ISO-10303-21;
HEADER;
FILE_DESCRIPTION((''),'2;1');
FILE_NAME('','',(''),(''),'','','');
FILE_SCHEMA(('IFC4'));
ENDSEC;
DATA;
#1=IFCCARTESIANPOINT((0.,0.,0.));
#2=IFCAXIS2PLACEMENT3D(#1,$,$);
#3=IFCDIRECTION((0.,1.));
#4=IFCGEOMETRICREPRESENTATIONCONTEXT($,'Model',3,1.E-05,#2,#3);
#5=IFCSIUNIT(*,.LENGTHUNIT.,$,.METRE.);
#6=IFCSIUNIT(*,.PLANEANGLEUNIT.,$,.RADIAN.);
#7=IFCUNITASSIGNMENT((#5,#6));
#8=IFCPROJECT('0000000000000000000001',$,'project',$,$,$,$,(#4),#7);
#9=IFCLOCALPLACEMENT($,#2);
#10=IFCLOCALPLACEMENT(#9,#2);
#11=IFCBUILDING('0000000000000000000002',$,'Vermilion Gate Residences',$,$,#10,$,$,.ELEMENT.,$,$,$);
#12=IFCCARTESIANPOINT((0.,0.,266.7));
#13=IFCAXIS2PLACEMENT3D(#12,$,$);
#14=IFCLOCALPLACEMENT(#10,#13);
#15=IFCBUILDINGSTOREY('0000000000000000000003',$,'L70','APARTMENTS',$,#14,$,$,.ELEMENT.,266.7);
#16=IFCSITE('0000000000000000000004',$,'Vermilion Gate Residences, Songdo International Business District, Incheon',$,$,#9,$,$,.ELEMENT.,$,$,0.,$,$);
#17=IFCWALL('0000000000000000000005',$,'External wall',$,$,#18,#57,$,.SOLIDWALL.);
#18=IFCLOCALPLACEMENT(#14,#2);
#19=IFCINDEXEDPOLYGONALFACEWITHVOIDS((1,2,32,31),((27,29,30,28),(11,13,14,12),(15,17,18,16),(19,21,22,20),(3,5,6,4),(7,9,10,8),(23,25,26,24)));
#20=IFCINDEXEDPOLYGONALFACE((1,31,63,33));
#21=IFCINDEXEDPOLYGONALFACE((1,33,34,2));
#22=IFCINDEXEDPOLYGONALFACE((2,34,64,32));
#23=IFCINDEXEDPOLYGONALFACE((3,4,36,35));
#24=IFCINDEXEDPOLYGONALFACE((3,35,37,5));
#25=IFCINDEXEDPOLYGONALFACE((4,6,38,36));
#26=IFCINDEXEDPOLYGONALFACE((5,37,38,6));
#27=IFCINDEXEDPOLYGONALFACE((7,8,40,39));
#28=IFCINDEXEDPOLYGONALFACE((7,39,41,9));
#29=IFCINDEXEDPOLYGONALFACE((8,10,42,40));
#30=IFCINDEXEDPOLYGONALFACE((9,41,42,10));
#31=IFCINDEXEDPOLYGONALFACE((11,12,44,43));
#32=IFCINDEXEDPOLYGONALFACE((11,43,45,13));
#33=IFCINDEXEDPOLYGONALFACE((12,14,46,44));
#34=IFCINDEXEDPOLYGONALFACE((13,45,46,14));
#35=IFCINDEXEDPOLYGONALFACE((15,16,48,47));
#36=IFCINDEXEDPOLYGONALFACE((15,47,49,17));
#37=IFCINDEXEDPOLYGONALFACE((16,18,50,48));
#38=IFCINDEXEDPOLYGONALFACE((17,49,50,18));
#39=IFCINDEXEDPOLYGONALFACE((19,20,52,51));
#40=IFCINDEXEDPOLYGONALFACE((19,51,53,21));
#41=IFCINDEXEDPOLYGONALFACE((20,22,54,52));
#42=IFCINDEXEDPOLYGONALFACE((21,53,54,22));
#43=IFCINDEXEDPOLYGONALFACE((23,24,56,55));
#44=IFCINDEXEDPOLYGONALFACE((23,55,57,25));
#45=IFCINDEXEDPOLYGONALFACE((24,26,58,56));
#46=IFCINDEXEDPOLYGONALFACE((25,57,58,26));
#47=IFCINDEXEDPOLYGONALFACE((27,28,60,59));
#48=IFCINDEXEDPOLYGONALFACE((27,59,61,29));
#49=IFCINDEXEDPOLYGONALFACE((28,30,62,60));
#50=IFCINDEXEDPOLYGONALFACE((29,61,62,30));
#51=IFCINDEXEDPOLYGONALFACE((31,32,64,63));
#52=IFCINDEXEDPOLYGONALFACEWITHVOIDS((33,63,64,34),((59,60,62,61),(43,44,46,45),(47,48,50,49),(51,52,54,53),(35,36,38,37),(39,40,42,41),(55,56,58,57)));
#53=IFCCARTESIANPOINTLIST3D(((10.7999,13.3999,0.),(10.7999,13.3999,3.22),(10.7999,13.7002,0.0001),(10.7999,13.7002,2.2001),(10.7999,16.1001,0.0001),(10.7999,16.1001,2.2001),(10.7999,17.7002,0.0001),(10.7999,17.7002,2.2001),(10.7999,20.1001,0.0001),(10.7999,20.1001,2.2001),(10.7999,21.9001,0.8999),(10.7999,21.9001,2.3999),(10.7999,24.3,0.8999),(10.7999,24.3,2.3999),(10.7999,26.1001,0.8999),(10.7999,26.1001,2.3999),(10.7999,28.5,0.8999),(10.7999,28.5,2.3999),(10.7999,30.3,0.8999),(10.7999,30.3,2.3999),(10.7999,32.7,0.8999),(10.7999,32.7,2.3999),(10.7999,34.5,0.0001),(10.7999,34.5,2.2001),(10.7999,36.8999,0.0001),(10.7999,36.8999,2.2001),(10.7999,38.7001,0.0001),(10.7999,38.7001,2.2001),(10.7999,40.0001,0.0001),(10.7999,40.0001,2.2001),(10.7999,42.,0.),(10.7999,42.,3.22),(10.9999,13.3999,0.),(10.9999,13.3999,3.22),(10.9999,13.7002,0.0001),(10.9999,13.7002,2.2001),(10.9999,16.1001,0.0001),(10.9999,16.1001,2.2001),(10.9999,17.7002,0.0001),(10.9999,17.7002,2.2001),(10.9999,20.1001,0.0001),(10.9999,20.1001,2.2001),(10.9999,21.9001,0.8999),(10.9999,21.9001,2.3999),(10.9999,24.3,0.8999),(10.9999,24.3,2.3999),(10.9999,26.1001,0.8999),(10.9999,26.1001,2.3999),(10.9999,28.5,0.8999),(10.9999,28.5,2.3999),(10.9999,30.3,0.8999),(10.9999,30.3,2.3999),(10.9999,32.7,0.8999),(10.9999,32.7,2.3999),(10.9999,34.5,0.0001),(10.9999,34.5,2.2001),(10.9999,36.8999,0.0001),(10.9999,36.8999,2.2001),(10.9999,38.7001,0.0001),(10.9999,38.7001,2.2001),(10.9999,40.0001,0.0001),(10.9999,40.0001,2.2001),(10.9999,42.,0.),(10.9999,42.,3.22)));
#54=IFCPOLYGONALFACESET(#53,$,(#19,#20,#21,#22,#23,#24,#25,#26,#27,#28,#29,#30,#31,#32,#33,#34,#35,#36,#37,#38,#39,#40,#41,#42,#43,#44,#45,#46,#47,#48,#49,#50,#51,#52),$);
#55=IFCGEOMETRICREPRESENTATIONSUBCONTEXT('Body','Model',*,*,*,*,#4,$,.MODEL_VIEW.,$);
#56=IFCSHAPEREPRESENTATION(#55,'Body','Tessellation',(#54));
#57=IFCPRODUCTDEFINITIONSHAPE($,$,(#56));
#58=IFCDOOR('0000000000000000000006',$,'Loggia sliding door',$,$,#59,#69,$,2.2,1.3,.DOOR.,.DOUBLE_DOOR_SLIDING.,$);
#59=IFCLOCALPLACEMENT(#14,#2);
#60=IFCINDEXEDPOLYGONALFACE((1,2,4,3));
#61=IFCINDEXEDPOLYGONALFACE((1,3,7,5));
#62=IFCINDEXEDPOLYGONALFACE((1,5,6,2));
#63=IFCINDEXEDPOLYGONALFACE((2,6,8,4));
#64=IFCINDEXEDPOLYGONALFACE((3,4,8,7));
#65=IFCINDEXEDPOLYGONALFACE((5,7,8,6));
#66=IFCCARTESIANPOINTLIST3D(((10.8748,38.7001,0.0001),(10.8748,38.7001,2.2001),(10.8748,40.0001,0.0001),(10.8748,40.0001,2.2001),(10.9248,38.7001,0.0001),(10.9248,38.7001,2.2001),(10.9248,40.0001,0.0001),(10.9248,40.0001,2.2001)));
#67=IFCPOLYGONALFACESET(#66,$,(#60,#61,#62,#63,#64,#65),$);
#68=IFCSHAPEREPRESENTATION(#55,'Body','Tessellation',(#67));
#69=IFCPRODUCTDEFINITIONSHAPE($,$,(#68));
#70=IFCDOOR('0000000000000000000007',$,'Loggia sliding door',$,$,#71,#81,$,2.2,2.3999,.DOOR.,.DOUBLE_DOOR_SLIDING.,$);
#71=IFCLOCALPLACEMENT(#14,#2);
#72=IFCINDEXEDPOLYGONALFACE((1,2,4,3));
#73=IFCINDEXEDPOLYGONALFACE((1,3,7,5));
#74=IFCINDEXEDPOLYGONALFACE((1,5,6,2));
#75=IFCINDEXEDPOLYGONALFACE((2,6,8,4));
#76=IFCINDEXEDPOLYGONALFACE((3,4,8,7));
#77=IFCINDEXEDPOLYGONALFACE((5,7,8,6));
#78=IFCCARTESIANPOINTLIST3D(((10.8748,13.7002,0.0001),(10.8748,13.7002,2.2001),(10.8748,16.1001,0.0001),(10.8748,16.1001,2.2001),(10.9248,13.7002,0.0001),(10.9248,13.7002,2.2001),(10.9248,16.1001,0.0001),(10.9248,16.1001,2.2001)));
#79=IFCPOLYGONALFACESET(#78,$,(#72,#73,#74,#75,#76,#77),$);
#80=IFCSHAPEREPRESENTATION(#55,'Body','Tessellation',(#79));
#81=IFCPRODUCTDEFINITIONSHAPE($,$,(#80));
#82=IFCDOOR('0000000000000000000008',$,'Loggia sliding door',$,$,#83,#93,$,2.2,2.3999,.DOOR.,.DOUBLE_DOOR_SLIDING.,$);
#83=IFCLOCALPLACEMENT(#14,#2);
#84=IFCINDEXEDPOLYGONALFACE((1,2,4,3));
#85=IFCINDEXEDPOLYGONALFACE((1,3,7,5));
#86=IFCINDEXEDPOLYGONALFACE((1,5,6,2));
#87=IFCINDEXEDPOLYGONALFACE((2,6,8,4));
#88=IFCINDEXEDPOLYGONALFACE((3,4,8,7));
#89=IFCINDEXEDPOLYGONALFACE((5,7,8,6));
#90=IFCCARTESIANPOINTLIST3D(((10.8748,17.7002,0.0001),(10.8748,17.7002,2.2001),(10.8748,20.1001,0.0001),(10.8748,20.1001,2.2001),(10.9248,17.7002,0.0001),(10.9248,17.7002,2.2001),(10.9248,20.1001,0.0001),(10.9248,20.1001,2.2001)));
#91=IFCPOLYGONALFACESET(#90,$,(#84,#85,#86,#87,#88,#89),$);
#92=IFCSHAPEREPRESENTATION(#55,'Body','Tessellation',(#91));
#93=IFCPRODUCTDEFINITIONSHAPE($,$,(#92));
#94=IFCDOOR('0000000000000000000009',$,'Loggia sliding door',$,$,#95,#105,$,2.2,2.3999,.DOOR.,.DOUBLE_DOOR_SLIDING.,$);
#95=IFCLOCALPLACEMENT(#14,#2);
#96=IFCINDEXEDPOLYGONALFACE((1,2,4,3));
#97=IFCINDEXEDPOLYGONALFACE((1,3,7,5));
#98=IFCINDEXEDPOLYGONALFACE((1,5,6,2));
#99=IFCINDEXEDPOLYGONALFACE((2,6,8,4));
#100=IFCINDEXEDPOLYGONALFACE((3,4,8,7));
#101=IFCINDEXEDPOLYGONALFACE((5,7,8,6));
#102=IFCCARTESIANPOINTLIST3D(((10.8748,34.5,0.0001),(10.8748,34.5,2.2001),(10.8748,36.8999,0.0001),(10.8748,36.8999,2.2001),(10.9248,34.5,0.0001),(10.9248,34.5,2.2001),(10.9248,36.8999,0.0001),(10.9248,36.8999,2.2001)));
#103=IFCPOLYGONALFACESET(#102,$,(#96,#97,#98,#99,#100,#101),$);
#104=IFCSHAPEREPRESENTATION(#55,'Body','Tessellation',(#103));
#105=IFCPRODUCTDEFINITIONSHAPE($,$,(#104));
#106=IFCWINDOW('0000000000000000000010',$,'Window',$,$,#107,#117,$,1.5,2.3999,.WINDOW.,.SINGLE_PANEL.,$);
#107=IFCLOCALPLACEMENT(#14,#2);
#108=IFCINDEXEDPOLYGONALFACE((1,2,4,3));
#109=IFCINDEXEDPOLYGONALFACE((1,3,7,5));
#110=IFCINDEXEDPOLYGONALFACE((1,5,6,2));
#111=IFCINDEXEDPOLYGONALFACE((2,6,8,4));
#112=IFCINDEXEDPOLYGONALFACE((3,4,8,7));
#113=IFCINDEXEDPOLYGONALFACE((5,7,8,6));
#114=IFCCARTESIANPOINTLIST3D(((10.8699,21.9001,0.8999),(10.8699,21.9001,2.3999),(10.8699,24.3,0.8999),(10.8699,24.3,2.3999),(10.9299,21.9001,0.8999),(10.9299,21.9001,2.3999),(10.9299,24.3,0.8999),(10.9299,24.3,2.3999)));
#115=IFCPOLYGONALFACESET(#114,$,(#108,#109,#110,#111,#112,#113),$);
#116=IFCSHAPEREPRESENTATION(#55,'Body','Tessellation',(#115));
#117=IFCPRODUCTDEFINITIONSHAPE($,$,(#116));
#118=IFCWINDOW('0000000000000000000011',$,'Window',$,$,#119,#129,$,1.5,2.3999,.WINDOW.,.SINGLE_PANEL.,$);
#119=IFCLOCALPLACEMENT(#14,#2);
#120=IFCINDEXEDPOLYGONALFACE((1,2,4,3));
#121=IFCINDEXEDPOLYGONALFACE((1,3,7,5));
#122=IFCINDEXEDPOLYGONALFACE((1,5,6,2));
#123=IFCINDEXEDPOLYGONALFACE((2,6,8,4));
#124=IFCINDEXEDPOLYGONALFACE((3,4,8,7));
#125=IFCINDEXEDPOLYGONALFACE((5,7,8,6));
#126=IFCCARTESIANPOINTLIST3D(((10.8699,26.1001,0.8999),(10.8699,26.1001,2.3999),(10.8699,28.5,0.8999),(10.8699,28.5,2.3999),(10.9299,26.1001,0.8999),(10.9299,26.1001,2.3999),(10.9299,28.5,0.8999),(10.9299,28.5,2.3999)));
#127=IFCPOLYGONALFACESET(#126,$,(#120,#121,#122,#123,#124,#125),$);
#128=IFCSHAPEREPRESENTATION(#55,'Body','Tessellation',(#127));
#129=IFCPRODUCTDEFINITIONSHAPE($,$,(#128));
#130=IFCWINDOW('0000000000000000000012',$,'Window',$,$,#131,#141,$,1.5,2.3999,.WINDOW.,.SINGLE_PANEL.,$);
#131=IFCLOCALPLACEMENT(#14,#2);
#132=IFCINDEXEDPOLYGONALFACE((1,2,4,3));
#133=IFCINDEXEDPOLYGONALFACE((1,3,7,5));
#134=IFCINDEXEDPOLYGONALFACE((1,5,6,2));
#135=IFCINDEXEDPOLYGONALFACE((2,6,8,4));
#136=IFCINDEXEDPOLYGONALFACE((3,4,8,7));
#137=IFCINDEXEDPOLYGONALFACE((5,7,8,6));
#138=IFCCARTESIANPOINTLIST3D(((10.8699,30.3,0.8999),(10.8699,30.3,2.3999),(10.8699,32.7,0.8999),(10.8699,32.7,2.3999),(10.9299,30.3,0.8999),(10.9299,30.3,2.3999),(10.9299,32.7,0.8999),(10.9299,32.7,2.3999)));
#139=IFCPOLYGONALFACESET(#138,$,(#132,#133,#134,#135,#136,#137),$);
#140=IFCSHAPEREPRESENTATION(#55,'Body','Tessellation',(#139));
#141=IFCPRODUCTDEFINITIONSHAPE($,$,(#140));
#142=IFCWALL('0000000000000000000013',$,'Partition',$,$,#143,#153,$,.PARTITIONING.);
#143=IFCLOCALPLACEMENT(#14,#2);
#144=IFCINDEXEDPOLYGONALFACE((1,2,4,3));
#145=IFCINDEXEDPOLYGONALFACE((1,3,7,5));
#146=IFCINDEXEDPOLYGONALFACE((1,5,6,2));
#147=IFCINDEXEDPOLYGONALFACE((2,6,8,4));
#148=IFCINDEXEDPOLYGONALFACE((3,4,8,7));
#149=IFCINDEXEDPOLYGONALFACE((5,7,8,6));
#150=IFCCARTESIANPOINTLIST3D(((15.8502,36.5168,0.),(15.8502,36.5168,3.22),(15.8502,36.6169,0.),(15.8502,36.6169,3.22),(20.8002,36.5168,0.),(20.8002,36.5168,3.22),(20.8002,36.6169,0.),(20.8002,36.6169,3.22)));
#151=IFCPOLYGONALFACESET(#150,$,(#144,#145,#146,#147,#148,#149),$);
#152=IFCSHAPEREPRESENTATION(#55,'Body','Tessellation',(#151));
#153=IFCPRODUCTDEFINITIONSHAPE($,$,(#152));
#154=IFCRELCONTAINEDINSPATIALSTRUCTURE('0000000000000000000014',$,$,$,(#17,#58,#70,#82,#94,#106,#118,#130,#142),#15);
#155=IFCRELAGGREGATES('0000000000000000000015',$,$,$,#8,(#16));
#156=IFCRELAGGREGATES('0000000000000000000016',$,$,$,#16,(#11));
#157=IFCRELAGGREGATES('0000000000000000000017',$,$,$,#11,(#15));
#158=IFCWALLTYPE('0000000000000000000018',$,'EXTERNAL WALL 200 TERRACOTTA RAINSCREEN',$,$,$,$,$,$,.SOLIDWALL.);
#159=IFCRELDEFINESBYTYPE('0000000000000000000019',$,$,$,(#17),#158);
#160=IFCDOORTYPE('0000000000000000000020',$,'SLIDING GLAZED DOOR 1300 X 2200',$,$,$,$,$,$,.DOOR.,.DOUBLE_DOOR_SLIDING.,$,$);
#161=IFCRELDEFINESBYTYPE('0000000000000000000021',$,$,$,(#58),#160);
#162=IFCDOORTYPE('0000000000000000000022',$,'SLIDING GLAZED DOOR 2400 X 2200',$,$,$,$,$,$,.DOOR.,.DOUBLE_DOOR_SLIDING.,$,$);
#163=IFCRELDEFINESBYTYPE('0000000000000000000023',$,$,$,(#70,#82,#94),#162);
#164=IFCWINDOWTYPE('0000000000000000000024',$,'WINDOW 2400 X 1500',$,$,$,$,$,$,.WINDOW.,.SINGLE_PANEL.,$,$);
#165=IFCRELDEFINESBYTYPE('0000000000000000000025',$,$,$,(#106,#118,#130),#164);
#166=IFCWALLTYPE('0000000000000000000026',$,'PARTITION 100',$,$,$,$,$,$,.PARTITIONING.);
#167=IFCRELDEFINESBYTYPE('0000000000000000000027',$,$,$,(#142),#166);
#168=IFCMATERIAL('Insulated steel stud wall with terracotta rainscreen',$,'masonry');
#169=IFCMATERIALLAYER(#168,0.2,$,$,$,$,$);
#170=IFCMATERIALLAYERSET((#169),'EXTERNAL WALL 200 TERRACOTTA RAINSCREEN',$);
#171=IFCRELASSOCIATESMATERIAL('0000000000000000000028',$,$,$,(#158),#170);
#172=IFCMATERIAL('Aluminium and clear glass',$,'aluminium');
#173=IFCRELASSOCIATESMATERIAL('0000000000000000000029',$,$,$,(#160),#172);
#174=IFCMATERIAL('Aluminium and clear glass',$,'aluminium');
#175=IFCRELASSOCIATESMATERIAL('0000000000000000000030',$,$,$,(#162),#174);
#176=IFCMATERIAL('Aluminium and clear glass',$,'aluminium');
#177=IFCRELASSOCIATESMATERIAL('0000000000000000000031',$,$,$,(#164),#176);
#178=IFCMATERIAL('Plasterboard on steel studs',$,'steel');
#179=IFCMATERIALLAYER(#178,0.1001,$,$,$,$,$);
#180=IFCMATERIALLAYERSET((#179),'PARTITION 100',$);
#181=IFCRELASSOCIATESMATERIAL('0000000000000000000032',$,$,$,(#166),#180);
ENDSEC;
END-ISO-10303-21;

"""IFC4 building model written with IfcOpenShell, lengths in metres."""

from ifc_helpers import new_model, si_unit, direction, frame, frame_2d, origin, place, context, subcontext, project, spatial, rectangle, extrude, material, layer, layer_set, type_object, element, fill, save


model = new_model("IFC4")

# Units and contexts
model_context = context("Model", 3, precision=1e-05, world=origin(), true_north=direction((0.0, 1.0)))
body_context = subcontext(model_context, "Body", "Model", "MODEL_VIEW")
ifc_project = project(units=[si_unit("LENGTHUNIT", "METRE"), si_unit("PLANEANGLEUNIT", "RADIAN")], contexts=[model_context])

# Site, building, storey
site_placement = place(None, origin())
site = spatial("IfcSite", under=ifc_project, at=site_placement, Name="Vermilion Gate Residences, Songdo International Business District, Incheon", CompositionType="ELEMENT", RefElevation=0.0)
building_placement = place(site_placement, origin())
building = spatial("IfcBuilding", under=site, at=building_placement, Name="Vermilion Gate Residences", CompositionType="ELEMENT")
storey_placement = place(building_placement, frame((0.0, 0.0, 266.7)))
storey = spatial("IfcBuildingStorey", under=building, at=storey_placement, Name="L70", Description="APARTMENTS", CompositionType="ELEMENT", Elevation=266.7)

# Wall, openings, doors, windows
ifc_material_1 = material(Name="Insulated steel stud wall with terracotta rainscreen", Category="masonry")
ifc_layer_1 = layer(ifc_material_1, 0.2)
ifc_layer_set_1 = layer_set([ifc_layer_1], Name="EXTERNAL WALL 200 TERRACOTTA RAINSCREEN")
wall_type_1 = type_object("IfcWallType", Name="EXTERNAL WALL 200 TERRACOTTA RAINSCREEN", PredefinedType="SOLIDWALL", material=ifc_layer_set_1)
wall_1_placement = place(storey_placement, frame((10.8999, 42.0, 0.0), z_axis=(0.0, 0.0, 1.0), x_axis=(0.0, -1.0, 0.0)))
wall_1 = element("IfcWall", 1, at=wall_1_placement, inside=storey, type_object=wall_type_1, Name="External wall", PredefinedType="SOLIDWALL", context=body_context, shape_type="SweptSolid", body=[
    extrude(rectangle(XDim=28.6001, YDim=0.2, at=frame_2d((14.3, 0.0))), origin(), (0.0, 0.0, 1.0), 3.22),
])
opening_1_placement = place(wall_1_placement, frame((25.8999, 0.0, 0.0)))
opening_1 = element("IfcOpeningElement", 2, at=opening_1_placement, cuts=wall_1, PredefinedType="OPENING", context=body_context, shape_type="SweptSolid", body=[
    extrude(rectangle(XDim=2.3999, YDim=2.2, at=frame_2d((1.2, 1.1001))), frame((0.0, 0.1099, 0.0), z_axis=(0.0, -1.0, 0.0), x_axis=(1.0, 0.0, 0.0)), (0.0, 0.0, 1.0), 0.22),
])
opening_2_placement = place(wall_1_placement, frame((21.8999, 0.0, 0.0)))
opening_2 = element("IfcOpeningElement", 3, at=opening_2_placement, cuts=wall_1, PredefinedType="OPENING", context=body_context, shape_type="SweptSolid", body=[
    extrude(rectangle(XDim=2.3999, YDim=2.2, at=frame_2d((1.2, 1.1001))), frame((0.0, 0.1099, 0.0), z_axis=(0.0, -1.0, 0.0), x_axis=(1.0, 0.0, 0.0)), (0.0, 0.0, 1.0), 0.22),
])
opening_3_placement = place(wall_1_placement, frame((17.7, 0.0, 0.8999)))
opening_3 = element("IfcOpeningElement", 4, at=opening_3_placement, cuts=wall_1, PredefinedType="OPENING", context=body_context, shape_type="SweptSolid", body=[
    extrude(rectangle(XDim=2.3999, YDim=1.5, at=frame_2d((1.2, 0.75))), frame((0.0, 0.1099, 0.0), z_axis=(0.0, -1.0, 0.0), x_axis=(1.0, 0.0, 0.0)), (0.0, 0.0, 1.0), 0.22),
])
opening_4_placement = place(wall_1_placement, frame((13.5, 0.0, 0.8999)))
opening_4 = element("IfcOpeningElement", 5, at=opening_4_placement, cuts=wall_1, PredefinedType="OPENING", context=body_context, shape_type="SweptSolid", body=[
    extrude(rectangle(XDim=2.3999, YDim=1.5, at=frame_2d((1.2, 0.75))), frame((0.0, 0.1099, 0.0), z_axis=(0.0, -1.0, 0.0), x_axis=(1.0, 0.0, 0.0)), (0.0, 0.0, 1.0), 0.22),
])
opening_5_placement = place(wall_1_placement, frame((9.3, 0.0, 0.8999)))
opening_5 = element("IfcOpeningElement", 6, at=opening_5_placement, cuts=wall_1, PredefinedType="OPENING", context=body_context, shape_type="SweptSolid", body=[
    extrude(rectangle(XDim=2.3999, YDim=1.5, at=frame_2d((1.2, 0.75))), frame((0.0, 0.1099, 0.0), z_axis=(0.0, -1.0, 0.0), x_axis=(1.0, 0.0, 0.0)), (0.0, 0.0, 1.0), 0.22),
])
opening_6_placement = place(wall_1_placement, frame((5.1001, 0.0, 0.0)))
opening_6 = element("IfcOpeningElement", 7, at=opening_6_placement, cuts=wall_1, PredefinedType="OPENING", context=body_context, shape_type="SweptSolid", body=[
    extrude(rectangle(XDim=2.3999, YDim=2.2, at=frame_2d((1.2, 1.1001))), frame((0.0, 0.1099, 0.0), z_axis=(0.0, -1.0, 0.0), x_axis=(1.0, 0.0, 0.0)), (0.0, 0.0, 1.0), 0.22),
])
opening_7_placement = place(wall_1_placement, frame((2.0, 0.0, 0.0)))
opening_7 = element("IfcOpeningElement", 8, at=opening_7_placement, cuts=wall_1, PredefinedType="OPENING", context=body_context, shape_type="SweptSolid", body=[
    extrude(rectangle(XDim=1.3, YDim=2.2, at=frame_2d((0.6499, 1.1001))), frame((0.0, 0.1099, 0.0), z_axis=(0.0, -1.0, 0.0), x_axis=(1.0, 0.0, 0.0)), (0.0, 0.0, 1.0), 0.22),
])
ifc_material_2 = material(Name="Aluminium and clear glass", Category="aluminium")
door_type_1 = type_object("IfcDoorType", Name="SLIDING GLAZED DOOR 1300 X 2200", OperationType="DOUBLE_DOOR_SLIDING", PredefinedType="DOOR", material=ifc_material_2)
door_1_placement = place(opening_7_placement, origin())
door_1 = element("IfcDoor", 9, at=door_1_placement, inside=storey, type_object=door_type_1, Name="Loggia sliding door", OperationType="DOUBLE_DOOR_SLIDING", OverallHeight=2.2, OverallWidth=1.3, PredefinedType="DOOR", context=body_context, shape_type="SweptSolid", body=[
    extrude(rectangle(XDim=1.3, YDim=2.2, at=frame_2d((0.6499, 1.1001))), frame((0.0, 0.0249, 0.0), z_axis=(0.0, -1.0, 0.0), x_axis=(1.0, 0.0, 0.0)), (0.0, 0.0, 1.0), 0.05),
])
fill(opening_7, door_1)
ifc_material_3 = material(Name="Aluminium and clear glass", Category="aluminium")
door_type_2 = type_object("IfcDoorType", Name="SLIDING GLAZED DOOR 2400 X 2200", OperationType="DOUBLE_DOOR_SLIDING", PredefinedType="DOOR", material=ifc_material_3)
door_2_placement = place(opening_1_placement, origin())
door_2 = element("IfcDoor", 10, at=door_2_placement, inside=storey, type_object=door_type_2, Name="Loggia sliding door", OperationType="DOUBLE_DOOR_SLIDING", OverallHeight=2.2, OverallWidth=2.3999, PredefinedType="DOOR", context=body_context, shape_type="SweptSolid", body=[
    extrude(rectangle(XDim=2.3999, YDim=2.2, at=frame_2d((1.2, 1.1001))), frame((0.0, 0.0249, 0.0), z_axis=(0.0, -1.0, 0.0), x_axis=(1.0, 0.0, 0.0)), (0.0, 0.0, 1.0), 0.05),
])
fill(opening_1, door_2)
door_3_placement = place(opening_2_placement, origin())
door_3 = element("IfcDoor", 11, at=door_3_placement, inside=storey, type_object=door_type_2, Name="Loggia sliding door", OperationType="DOUBLE_DOOR_SLIDING", OverallHeight=2.2, OverallWidth=2.3999, PredefinedType="DOOR", context=body_context, shape_type="SweptSolid", body=[
    extrude(rectangle(XDim=2.3999, YDim=2.2, at=frame_2d((1.2, 1.1001))), frame((0.0, 0.0249, 0.0), z_axis=(0.0, -1.0, 0.0), x_axis=(1.0, 0.0, 0.0)), (0.0, 0.0, 1.0), 0.05),
])
fill(opening_2, door_3)
door_4_placement = place(opening_6_placement, origin())
door_4 = element("IfcDoor", 12, at=door_4_placement, inside=storey, type_object=door_type_2, Name="Loggia sliding door", OperationType="DOUBLE_DOOR_SLIDING", OverallHeight=2.2, OverallWidth=2.3999, PredefinedType="DOOR", context=body_context, shape_type="SweptSolid", body=[
    extrude(rectangle(XDim=2.3999, YDim=2.2, at=frame_2d((1.2, 1.1001))), frame((0.0, 0.0249, 0.0), z_axis=(0.0, -1.0, 0.0), x_axis=(1.0, 0.0, 0.0)), (0.0, 0.0, 1.0), 0.05),
])
fill(opening_6, door_4)
ifc_material_4 = material(Name="Aluminium and clear glass", Category="aluminium")
window_type = type_object("IfcWindowType", Name="WINDOW 2400 X 1500", PartitioningType="SINGLE_PANEL", PredefinedType="WINDOW", material=ifc_material_4)
window_1_placement = place(opening_3_placement, origin())
window_1 = element("IfcWindow", 13, at=window_1_placement, inside=storey, type_object=window_type, Name="Window", OverallHeight=1.5, OverallWidth=2.3999, PartitioningType="SINGLE_PANEL", PredefinedType="WINDOW", context=body_context, shape_type="SweptSolid", body=[
    extrude(rectangle(XDim=2.3999, YDim=1.5, at=frame_2d((1.2, 0.75))), frame((0.0, 0.03, 0.0), z_axis=(0.0, -1.0, 0.0), x_axis=(1.0, 0.0, 0.0)), (0.0, 0.0, 1.0), 0.0601),
])
fill(opening_3, window_1)
window_2_placement = place(opening_4_placement, origin())
window_2 = element("IfcWindow", 14, at=window_2_placement, inside=storey, type_object=window_type, Name="Window", OverallHeight=1.5, OverallWidth=2.3999, PartitioningType="SINGLE_PANEL", PredefinedType="WINDOW", context=body_context, shape_type="SweptSolid", body=[
    extrude(rectangle(XDim=2.3999, YDim=1.5, at=frame_2d((1.2, 0.75))), frame((0.0, 0.03, 0.0), z_axis=(0.0, -1.0, 0.0), x_axis=(1.0, 0.0, 0.0)), (0.0, 0.0, 1.0), 0.0601),
])
fill(opening_4, window_2)
window_3_placement = place(opening_5_placement, origin())
window_3 = element("IfcWindow", 15, at=window_3_placement, inside=storey, type_object=window_type, Name="Window", OverallHeight=1.5, OverallWidth=2.3999, PartitioningType="SINGLE_PANEL", PredefinedType="WINDOW", context=body_context, shape_type="SweptSolid", body=[
    extrude(rectangle(XDim=2.3999, YDim=1.5, at=frame_2d((1.2, 0.75))), frame((0.0, 0.03, 0.0), z_axis=(0.0, -1.0, 0.0), x_axis=(1.0, 0.0, 0.0)), (0.0, 0.0, 1.0), 0.0601),
])
fill(opening_5, window_3)

# Wall
ifc_material_5 = material(Name="Plasterboard on steel studs", Category="steel")
ifc_layer_2 = layer(ifc_material_5, 0.1001)
ifc_layer_set_2 = layer_set([ifc_layer_2], Name="PARTITION 100")
wall_type_2 = type_object("IfcWallType", Name="PARTITION 100", PredefinedType="PARTITIONING", material=ifc_layer_set_2)
wall_2_placement = place(storey_placement, frame((15.8501, 36.5669, 0.0), z_axis=(0.0, 0.0, 1.0), x_axis=(1.0, 0.0, 0.0)))
element("IfcWall", 16, at=wall_2_placement, inside=storey, type_object=wall_type_2, Name="Partition", PredefinedType="PARTITIONING", context=body_context, shape_type="SweptSolid", body=[
    extrude(rectangle(XDim=4.95, YDim=0.1001, at=frame_2d((2.4751, 0.0))), origin(), (0.0, 0.0, 1.0), 3.22),
])

save(model, "model.ifc")
